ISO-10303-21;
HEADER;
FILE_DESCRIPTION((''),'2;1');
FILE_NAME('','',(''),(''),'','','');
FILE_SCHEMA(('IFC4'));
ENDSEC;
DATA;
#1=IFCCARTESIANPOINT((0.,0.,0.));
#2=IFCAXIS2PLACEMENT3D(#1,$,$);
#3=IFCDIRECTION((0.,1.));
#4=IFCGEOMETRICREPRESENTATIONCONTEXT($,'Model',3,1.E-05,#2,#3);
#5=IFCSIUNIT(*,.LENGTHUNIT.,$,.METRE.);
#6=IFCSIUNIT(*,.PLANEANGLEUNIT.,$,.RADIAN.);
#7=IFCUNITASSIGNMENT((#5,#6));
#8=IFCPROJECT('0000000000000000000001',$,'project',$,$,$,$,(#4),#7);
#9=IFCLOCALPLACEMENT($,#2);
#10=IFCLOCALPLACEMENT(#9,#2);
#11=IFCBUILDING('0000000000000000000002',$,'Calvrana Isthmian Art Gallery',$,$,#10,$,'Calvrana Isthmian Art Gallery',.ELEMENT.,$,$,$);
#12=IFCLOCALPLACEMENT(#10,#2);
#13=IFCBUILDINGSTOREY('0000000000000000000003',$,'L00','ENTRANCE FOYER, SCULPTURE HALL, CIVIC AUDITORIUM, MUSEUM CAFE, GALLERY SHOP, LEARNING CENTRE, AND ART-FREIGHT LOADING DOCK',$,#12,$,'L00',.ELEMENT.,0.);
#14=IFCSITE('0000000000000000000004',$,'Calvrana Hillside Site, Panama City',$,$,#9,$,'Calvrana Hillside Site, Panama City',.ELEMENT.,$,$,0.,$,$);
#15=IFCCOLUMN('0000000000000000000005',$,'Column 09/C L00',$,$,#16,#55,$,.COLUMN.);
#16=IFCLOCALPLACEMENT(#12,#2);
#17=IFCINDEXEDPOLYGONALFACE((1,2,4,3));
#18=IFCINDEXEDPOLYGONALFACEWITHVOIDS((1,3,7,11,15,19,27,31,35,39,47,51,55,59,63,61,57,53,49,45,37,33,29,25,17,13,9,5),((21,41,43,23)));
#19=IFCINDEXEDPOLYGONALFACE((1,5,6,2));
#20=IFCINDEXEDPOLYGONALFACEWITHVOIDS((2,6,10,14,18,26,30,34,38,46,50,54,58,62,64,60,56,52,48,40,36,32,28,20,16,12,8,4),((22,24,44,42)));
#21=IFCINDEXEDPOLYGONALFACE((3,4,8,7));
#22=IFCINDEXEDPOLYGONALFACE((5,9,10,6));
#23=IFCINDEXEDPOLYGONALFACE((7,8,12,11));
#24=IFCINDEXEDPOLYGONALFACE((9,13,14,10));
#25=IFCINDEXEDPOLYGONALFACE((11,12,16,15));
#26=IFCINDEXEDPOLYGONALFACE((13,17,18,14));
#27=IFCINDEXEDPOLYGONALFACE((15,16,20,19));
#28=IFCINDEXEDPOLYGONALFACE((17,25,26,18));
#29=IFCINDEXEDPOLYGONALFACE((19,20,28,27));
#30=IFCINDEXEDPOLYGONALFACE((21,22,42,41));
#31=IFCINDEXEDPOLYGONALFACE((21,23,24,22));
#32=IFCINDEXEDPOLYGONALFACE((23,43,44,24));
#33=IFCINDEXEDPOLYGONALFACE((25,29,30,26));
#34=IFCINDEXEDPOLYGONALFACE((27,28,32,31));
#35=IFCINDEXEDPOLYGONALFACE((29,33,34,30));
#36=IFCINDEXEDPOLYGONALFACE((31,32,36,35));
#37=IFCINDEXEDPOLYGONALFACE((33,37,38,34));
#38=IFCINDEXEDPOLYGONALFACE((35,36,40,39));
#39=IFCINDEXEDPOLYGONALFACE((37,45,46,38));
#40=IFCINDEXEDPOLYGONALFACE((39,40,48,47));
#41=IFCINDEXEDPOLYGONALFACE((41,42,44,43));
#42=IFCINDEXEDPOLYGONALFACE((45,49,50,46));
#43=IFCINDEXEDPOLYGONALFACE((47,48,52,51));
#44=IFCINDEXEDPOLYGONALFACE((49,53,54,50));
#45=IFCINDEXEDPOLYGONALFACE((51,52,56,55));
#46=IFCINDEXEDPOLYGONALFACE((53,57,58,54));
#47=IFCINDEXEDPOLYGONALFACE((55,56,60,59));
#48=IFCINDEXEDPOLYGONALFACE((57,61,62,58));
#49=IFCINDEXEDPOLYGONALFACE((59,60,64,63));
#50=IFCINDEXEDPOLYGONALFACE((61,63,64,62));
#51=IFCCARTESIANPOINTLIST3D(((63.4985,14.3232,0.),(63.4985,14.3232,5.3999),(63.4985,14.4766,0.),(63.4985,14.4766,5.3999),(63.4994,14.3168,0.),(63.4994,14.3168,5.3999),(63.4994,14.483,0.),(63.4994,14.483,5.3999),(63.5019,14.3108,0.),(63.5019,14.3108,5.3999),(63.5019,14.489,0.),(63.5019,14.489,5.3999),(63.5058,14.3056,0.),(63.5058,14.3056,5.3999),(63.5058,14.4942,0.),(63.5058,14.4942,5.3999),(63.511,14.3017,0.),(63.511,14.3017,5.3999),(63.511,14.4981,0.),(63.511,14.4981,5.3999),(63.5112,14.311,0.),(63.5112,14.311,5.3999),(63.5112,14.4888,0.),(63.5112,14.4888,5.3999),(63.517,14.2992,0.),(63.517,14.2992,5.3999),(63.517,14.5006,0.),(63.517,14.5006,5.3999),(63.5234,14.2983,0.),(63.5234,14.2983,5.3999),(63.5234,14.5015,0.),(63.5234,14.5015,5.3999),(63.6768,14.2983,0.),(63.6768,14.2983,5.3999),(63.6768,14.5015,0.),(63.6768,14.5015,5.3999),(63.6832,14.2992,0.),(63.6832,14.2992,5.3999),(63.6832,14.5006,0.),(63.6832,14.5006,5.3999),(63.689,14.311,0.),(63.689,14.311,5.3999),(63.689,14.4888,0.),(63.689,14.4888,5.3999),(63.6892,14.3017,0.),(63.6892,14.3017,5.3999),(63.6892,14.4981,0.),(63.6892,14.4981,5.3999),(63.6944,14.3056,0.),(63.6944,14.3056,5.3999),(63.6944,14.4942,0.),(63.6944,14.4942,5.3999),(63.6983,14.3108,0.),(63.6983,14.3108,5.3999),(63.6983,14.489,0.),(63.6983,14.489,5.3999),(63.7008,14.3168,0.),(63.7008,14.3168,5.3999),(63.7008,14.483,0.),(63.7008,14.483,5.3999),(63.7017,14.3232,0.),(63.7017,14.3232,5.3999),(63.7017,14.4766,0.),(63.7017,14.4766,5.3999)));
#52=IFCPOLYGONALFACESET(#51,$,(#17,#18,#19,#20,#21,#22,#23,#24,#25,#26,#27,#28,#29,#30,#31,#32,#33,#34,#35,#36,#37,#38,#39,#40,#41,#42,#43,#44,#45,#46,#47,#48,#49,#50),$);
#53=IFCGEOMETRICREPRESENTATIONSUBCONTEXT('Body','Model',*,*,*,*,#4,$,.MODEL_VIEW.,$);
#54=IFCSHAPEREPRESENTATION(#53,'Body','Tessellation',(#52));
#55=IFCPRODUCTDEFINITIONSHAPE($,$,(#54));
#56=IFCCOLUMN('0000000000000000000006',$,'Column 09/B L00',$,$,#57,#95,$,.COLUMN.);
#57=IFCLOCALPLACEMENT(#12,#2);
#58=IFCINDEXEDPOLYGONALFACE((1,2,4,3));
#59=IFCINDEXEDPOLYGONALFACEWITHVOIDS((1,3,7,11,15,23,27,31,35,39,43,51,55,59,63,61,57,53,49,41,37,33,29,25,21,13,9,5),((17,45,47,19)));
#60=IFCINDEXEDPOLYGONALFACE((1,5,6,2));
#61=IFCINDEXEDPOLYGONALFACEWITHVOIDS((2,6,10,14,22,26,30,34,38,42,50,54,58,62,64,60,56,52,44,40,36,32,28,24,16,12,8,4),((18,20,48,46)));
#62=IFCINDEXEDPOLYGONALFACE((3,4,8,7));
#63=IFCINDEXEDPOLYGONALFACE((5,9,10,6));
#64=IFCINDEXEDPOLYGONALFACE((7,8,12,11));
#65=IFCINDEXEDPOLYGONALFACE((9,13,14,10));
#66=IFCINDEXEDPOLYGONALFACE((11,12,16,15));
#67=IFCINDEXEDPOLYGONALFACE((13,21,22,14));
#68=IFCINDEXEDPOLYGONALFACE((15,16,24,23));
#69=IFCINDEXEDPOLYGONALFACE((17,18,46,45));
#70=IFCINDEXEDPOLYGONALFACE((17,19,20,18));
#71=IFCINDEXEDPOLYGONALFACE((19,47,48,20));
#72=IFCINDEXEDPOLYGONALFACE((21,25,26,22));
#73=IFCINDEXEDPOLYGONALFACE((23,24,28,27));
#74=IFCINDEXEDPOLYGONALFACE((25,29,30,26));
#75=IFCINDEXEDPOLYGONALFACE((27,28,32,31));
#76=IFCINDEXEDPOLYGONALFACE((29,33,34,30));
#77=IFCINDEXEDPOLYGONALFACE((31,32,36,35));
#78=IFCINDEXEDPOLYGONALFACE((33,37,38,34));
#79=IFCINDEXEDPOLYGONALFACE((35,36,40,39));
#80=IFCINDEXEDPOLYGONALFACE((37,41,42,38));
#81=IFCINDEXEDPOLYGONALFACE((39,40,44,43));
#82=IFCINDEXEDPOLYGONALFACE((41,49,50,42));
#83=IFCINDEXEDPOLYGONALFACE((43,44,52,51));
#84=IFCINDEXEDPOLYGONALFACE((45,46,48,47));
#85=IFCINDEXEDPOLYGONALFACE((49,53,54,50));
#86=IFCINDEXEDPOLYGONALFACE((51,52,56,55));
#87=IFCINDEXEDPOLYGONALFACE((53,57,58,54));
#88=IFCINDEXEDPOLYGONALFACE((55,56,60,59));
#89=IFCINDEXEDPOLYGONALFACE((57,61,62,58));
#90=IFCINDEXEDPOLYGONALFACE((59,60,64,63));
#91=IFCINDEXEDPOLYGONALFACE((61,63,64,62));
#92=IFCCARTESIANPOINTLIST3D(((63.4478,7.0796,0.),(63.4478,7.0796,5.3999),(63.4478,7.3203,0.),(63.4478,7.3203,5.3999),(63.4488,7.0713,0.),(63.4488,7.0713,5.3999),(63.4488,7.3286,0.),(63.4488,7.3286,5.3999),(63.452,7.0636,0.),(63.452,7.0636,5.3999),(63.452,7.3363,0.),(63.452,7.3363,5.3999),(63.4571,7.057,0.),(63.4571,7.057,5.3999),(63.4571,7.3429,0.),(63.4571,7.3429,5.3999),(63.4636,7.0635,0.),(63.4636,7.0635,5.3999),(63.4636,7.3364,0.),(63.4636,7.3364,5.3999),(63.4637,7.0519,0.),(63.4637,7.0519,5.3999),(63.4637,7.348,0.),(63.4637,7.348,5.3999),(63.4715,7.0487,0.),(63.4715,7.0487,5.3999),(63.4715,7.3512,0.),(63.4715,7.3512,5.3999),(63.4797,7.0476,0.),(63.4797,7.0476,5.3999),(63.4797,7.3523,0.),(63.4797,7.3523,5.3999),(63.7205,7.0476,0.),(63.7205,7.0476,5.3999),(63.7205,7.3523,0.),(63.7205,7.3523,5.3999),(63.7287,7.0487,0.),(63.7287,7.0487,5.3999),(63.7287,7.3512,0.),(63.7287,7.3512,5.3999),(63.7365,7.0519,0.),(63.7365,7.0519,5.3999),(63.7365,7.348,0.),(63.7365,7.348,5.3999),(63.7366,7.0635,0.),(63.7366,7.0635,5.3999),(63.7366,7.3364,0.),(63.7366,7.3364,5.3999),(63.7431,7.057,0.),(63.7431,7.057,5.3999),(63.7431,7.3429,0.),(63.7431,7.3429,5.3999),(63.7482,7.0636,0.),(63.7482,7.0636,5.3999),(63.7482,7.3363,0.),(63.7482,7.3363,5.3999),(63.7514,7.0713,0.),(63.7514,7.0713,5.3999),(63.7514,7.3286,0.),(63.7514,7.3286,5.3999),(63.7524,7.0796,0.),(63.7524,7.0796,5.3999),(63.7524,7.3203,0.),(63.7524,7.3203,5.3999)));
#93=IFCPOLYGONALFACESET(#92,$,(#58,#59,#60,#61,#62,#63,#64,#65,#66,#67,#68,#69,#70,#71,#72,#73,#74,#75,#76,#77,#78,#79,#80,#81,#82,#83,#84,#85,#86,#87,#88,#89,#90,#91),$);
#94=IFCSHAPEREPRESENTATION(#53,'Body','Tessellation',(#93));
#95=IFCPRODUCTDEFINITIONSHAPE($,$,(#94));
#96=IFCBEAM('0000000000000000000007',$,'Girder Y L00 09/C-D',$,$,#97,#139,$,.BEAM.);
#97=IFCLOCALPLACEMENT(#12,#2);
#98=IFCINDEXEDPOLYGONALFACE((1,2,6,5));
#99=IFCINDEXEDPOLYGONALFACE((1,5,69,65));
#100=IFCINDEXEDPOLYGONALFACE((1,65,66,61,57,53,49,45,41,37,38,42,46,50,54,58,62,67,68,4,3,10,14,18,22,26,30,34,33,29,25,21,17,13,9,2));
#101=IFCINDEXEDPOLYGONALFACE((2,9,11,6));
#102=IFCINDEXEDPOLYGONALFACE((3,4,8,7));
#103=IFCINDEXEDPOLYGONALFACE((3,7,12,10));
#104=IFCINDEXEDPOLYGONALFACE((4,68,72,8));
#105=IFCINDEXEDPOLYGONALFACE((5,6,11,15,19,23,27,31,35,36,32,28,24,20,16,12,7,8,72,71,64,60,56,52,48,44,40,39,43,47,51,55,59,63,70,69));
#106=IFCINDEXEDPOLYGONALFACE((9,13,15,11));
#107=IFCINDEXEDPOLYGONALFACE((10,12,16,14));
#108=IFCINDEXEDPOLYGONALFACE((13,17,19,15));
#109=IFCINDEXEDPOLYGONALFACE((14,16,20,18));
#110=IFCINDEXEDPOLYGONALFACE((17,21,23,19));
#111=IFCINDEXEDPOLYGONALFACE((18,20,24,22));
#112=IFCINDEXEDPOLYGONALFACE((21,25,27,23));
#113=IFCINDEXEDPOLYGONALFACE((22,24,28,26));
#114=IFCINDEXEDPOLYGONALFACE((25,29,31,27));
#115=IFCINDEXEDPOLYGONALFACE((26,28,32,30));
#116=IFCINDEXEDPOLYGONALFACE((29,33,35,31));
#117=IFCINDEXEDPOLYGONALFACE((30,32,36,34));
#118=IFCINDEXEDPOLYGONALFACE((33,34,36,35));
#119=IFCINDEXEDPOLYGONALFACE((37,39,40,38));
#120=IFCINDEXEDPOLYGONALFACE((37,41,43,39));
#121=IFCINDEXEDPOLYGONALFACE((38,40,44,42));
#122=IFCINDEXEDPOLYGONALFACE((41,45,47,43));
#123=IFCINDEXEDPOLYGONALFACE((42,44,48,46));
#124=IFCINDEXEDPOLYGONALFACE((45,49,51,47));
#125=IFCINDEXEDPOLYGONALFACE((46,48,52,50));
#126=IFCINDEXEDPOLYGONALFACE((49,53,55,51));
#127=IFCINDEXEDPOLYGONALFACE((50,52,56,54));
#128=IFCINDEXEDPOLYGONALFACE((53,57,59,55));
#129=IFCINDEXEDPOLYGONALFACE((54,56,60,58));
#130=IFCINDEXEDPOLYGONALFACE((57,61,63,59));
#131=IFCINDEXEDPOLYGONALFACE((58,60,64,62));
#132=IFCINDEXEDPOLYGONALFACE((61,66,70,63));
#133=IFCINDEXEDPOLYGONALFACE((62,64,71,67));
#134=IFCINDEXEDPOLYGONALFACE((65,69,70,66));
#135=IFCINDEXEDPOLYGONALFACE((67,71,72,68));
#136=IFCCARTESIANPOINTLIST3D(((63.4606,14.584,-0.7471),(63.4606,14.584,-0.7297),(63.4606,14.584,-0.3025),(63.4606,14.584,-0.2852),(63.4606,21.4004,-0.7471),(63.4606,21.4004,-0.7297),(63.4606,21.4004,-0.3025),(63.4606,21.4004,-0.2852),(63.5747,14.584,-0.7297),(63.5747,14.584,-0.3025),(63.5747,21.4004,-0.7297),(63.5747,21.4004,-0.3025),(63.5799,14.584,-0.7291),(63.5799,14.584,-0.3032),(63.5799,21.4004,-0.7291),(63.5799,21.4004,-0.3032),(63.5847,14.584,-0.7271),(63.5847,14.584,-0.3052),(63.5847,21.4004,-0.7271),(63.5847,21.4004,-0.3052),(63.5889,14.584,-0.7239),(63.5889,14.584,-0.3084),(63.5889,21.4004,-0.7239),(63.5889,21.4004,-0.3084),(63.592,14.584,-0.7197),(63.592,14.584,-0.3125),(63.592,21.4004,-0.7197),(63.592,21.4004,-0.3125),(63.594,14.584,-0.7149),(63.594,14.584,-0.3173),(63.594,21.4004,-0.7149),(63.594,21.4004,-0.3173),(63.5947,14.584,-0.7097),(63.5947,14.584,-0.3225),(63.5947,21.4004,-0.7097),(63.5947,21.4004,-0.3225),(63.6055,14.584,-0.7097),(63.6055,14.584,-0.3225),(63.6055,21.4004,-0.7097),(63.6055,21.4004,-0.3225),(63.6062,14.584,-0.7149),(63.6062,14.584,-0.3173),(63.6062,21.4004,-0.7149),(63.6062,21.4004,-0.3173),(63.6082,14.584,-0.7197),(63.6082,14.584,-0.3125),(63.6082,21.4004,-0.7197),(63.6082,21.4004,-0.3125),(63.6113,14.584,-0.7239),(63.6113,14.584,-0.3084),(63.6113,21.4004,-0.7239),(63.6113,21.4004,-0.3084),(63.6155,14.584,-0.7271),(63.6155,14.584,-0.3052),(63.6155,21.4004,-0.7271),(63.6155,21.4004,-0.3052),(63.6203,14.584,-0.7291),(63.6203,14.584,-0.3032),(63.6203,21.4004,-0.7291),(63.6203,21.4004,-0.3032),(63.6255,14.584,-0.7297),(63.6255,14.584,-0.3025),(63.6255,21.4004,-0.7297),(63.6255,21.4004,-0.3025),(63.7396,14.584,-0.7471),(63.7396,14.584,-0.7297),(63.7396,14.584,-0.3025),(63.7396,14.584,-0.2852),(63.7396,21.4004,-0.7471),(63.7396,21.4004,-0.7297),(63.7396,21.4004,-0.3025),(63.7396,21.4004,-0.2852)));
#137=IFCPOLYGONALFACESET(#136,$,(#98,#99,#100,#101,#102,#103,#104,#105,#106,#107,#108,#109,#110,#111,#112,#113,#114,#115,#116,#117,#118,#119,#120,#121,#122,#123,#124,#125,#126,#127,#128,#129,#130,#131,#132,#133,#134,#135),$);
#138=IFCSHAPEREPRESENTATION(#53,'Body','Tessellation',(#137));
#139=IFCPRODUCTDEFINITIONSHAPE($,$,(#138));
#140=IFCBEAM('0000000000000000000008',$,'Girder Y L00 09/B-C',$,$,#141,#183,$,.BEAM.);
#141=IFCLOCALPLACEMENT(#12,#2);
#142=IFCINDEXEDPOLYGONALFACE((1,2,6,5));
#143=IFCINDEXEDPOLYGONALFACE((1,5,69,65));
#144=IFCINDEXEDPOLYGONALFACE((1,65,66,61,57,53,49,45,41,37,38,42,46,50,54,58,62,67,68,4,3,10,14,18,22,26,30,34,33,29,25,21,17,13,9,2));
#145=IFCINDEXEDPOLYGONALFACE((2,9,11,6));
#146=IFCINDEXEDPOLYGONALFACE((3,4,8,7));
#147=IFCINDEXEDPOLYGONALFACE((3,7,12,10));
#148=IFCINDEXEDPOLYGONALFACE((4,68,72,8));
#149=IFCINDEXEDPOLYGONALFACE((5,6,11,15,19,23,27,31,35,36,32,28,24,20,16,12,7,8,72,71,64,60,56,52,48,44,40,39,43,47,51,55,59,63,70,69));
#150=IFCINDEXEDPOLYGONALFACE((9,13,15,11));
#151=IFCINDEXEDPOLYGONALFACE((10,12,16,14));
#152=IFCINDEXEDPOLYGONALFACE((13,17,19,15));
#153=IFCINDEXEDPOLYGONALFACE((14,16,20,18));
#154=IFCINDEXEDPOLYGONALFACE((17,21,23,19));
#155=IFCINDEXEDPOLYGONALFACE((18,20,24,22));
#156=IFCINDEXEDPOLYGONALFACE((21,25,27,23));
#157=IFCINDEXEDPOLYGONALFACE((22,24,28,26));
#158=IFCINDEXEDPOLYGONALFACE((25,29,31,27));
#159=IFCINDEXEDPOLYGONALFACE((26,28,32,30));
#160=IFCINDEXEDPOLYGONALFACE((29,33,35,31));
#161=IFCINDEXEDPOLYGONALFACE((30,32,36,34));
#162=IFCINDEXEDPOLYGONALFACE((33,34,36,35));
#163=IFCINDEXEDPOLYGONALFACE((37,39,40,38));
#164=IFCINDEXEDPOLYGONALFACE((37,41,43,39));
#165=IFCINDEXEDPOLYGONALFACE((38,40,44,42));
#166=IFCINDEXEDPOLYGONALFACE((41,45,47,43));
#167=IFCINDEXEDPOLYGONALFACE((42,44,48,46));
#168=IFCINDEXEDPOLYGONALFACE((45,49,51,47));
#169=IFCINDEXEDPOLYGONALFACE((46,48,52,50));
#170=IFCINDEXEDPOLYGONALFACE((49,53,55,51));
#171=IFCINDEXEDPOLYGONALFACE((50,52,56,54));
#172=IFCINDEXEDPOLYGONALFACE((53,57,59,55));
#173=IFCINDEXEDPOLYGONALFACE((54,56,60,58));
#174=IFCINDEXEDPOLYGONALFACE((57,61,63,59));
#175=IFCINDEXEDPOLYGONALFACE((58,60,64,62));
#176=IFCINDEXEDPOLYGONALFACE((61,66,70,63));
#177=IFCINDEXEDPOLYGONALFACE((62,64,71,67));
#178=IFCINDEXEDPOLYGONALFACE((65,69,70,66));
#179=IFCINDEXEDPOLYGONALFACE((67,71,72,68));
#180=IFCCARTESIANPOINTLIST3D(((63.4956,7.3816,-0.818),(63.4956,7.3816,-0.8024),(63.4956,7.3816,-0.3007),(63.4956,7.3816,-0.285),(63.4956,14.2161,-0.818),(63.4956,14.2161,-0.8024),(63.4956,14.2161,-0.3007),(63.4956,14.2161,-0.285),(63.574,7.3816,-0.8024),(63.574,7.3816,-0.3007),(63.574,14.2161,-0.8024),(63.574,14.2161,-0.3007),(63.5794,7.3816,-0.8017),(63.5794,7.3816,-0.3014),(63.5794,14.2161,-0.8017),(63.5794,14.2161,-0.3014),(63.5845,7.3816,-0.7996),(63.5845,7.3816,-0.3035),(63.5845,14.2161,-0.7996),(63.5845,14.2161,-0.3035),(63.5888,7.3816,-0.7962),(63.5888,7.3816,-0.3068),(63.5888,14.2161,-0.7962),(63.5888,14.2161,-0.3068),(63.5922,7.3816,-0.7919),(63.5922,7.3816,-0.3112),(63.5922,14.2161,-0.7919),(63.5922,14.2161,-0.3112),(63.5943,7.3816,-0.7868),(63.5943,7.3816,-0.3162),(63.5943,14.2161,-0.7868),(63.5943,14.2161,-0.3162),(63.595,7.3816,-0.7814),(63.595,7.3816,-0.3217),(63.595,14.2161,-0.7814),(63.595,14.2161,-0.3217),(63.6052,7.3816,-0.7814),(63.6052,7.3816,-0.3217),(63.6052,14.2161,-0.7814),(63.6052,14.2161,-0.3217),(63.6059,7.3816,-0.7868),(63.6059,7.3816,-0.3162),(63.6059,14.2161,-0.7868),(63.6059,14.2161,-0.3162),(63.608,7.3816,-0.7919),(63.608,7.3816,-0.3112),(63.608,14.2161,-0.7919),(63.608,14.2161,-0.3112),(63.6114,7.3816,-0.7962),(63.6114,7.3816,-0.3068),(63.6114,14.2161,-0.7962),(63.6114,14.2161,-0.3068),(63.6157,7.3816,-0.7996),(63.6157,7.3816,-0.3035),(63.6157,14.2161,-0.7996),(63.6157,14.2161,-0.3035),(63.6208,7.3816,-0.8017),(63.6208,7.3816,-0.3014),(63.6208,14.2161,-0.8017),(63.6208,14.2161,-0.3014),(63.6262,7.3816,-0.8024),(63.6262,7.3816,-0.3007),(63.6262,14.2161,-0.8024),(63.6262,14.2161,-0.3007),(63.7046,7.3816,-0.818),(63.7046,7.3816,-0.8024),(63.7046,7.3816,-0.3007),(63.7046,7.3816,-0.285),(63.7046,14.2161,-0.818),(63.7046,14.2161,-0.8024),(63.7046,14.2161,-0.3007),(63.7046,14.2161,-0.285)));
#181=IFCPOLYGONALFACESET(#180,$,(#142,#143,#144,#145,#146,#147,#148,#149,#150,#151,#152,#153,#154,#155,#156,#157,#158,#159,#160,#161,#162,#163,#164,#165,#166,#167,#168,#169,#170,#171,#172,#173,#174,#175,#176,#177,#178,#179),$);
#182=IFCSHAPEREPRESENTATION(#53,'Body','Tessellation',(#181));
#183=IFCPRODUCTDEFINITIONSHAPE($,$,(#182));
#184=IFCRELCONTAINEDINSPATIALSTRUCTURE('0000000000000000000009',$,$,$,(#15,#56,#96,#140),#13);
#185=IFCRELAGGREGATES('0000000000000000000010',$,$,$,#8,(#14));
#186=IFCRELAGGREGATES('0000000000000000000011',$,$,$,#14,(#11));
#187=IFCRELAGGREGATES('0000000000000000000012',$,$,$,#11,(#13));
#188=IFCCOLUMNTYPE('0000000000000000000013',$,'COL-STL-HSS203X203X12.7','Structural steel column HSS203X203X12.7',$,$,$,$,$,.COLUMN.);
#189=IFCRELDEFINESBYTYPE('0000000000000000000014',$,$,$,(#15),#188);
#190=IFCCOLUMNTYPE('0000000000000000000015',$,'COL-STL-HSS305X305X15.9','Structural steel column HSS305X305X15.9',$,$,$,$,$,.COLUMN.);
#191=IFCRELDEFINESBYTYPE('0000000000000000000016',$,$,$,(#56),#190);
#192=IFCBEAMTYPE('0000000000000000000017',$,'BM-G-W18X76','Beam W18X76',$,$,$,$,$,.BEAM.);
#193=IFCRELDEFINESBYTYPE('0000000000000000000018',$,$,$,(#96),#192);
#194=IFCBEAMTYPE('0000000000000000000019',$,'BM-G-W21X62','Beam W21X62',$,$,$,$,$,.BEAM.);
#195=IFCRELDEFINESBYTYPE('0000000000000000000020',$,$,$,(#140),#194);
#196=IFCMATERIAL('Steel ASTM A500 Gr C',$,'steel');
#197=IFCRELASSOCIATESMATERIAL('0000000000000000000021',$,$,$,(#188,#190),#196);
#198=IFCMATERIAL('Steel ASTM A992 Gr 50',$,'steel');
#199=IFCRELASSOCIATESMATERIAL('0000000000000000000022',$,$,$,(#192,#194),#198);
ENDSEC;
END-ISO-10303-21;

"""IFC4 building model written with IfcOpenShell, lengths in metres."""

from ifc_helpers import new_model, si_unit, direction, frame, origin, origin_2d, place, context, subcontext, project, spatial, hollow_rectangle, i_section, extrude, material, material_profile, profile_set, type_object, element, save


model = new_model("IFC4")

# Units and contexts
model_context = context("Model", 3, precision=1e-05, world=origin(), true_north=direction((0.0, 1.0)))
body_context = subcontext(model_context, "Body", "Model", "MODEL_VIEW")
ifc_project = project(units=[si_unit("LENGTHUNIT", "METRE"), si_unit("PLANEANGLEUNIT", "RADIAN")], contexts=[model_context])

# Site, building, storey
site_placement = place(None, origin())
site = spatial("IfcSite", under=ifc_project, at=site_placement, Name="Calvrana Hillside Site, Panama City", LongName="Calvrana Hillside Site, Panama City", CompositionType="ELEMENT", RefElevation=0.0)
building_placement = place(site_placement, origin())
building = spatial("IfcBuilding", under=site, at=building_placement, Name="Calvrana Isthmian Art Gallery", LongName="Calvrana Isthmian Art Gallery", CompositionType="ELEMENT")
storey_placement = place(building_placement, origin())
storey = spatial("IfcBuildingStorey", under=building, at=storey_placement, Name="L00", Description="ENTRANCE FOYER, SCULPTURE HALL, CIVIC AUDITORIUM, MUSEUM CAFE, GALLERY SHOP, LEARNING CENTRE, AND ART-FREIGHT LOADING DOCK", LongName="L00", CompositionType="ELEMENT", Elevation=0.0)

# Columns
ifc_material_1 = material(Name="Steel ASTM A500 Gr C", Category="steel")
ifc_material_profile_1 = material_profile(ifc_material_1, hollow_rectangle(XDim=0.2031, YDim=0.2031, WallThickness=0.0127, OuterFilletRadius=0.0249, at=origin_2d()), Name="HSS203X203X12.7")
ifc_profile_set_1 = profile_set([ifc_material_profile_1], Name="Steel ASTM A500 Gr C")
column_type_1 = type_object("IfcColumnType", Name="COL-STL-HSS203X203X12.7", Description="Structural steel column HSS203X203X12.7", PredefinedType="COLUMN", material=ifc_profile_set_1)
column_1_placement = place(storey_placement, frame((63.6001, 14.3999, 0.0), z_axis=(0.0, 0.0, 1.0), x_axis=(1.0, 0.0, 0.0)))
element("IfcColumn", 1, at=column_1_placement, inside=storey, type_object=column_type_1, Name="Column 09/C L00", PredefinedType="COLUMN", context=body_context, shape_type="SweptSolid", body=[
    extrude(hollow_rectangle(XDim=0.2031, YDim=0.2031, WallThickness=0.0127, OuterFilletRadius=0.0249, at=origin_2d()), origin(), (0.0, 0.0, 1.0), 5.3999),
])
ifc_material_profile_2 = material_profile(ifc_material_1, hollow_rectangle(XDim=0.3047, YDim=0.3047, WallThickness=0.0159, OuterFilletRadius=0.032, at=origin_2d()), Name="HSS305X305X15.9")
ifc_profile_set_2 = profile_set([ifc_material_profile_2], Name="Steel ASTM A500 Gr C")
column_type_2 = type_object("IfcColumnType", Name="COL-STL-HSS305X305X15.9", Description="Structural steel column HSS305X305X15.9", PredefinedType="COLUMN", material=ifc_profile_set_2)
column_2_placement = place(storey_placement, frame((63.6001, 7.2, 0.0), z_axis=(0.0, 0.0, 1.0), x_axis=(1.0, 0.0, 0.0)))
element("IfcColumn", 2, at=column_2_placement, inside=storey, type_object=column_type_2, Name="Column 09/B L00", PredefinedType="COLUMN", context=body_context, shape_type="SweptSolid", body=[
    extrude(hollow_rectangle(XDim=0.3047, YDim=0.3047, WallThickness=0.0159, OuterFilletRadius=0.032, at=origin_2d()), origin(), (0.0, 0.0, 1.0), 5.3999),
])

# Beams
ifc_material_2 = material(Name="Steel ASTM A992 Gr 50", Category="steel")
ifc_material_profile_3 = material_profile(ifc_material_2, i_section(OverallWidth=0.2791, OverallDepth=0.4619, WebThickness=0.0107, FlangeThickness=0.0173, FilletRadius=0.02, at=origin_2d()), Name="W18X76")
ifc_profile_set_3 = profile_set([ifc_material_profile_3], Name="Steel ASTM A992 Gr 50")
beam_type_1 = type_object("IfcBeamType", Name="BM-G-W18X76", Description="Beam W18X76", PredefinedType="BEAM", material=ifc_profile_set_3)
beam_1_placement = place(storey_placement, frame((63.6001, 14.584, -0.5161), z_axis=(0.0, 1.0, 0.0), x_axis=(-1.0, 0.0, 0.0)))
element("IfcBeam", 3, at=beam_1_placement, inside=storey, type_object=beam_type_1, Name="Girder Y L00 09/C-D", PredefinedType="BEAM", context=body_context, shape_type="SweptSolid", body=[
    extrude(i_section(OverallWidth=0.2791, OverallDepth=0.4619, WebThickness=0.0107, FlangeThickness=0.0173, FilletRadius=0.02, at=origin_2d()), origin(), (0.0, 0.0, 1.0), 6.8164),
])
ifc_material_profile_4 = material_profile(ifc_material_2, i_section(OverallWidth=0.209, OverallDepth=0.533, WebThickness=0.0103, FlangeThickness=0.0156, FilletRadius=0.021, at=origin_2d()), Name="W21X62")
ifc_profile_set_4 = profile_set([ifc_material_profile_4], Name="Steel ASTM A992 Gr 50")
beam_type_2 = type_object("IfcBeamType", Name="BM-G-W21X62", Description="Beam W21X62", PredefinedType="BEAM", material=ifc_profile_set_4)
beam_2_placement = place(storey_placement, frame((63.6001, 7.3816, -0.5515), z_axis=(0.0, 1.0, 0.0), x_axis=(-1.0, 0.0, 0.0)))
element("IfcBeam", 4, at=beam_2_placement, inside=storey, type_object=beam_type_2, Name="Girder Y L00 09/B-C", PredefinedType="BEAM", context=body_context, shape_type="SweptSolid", body=[
    extrude(i_section(OverallWidth=0.209, OverallDepth=0.533, WebThickness=0.0103, FlangeThickness=0.0156, FilletRadius=0.021, at=origin_2d()), origin(), (0.0, 0.0, 1.0), 6.8345),
])

save(model, "model.ifc")
